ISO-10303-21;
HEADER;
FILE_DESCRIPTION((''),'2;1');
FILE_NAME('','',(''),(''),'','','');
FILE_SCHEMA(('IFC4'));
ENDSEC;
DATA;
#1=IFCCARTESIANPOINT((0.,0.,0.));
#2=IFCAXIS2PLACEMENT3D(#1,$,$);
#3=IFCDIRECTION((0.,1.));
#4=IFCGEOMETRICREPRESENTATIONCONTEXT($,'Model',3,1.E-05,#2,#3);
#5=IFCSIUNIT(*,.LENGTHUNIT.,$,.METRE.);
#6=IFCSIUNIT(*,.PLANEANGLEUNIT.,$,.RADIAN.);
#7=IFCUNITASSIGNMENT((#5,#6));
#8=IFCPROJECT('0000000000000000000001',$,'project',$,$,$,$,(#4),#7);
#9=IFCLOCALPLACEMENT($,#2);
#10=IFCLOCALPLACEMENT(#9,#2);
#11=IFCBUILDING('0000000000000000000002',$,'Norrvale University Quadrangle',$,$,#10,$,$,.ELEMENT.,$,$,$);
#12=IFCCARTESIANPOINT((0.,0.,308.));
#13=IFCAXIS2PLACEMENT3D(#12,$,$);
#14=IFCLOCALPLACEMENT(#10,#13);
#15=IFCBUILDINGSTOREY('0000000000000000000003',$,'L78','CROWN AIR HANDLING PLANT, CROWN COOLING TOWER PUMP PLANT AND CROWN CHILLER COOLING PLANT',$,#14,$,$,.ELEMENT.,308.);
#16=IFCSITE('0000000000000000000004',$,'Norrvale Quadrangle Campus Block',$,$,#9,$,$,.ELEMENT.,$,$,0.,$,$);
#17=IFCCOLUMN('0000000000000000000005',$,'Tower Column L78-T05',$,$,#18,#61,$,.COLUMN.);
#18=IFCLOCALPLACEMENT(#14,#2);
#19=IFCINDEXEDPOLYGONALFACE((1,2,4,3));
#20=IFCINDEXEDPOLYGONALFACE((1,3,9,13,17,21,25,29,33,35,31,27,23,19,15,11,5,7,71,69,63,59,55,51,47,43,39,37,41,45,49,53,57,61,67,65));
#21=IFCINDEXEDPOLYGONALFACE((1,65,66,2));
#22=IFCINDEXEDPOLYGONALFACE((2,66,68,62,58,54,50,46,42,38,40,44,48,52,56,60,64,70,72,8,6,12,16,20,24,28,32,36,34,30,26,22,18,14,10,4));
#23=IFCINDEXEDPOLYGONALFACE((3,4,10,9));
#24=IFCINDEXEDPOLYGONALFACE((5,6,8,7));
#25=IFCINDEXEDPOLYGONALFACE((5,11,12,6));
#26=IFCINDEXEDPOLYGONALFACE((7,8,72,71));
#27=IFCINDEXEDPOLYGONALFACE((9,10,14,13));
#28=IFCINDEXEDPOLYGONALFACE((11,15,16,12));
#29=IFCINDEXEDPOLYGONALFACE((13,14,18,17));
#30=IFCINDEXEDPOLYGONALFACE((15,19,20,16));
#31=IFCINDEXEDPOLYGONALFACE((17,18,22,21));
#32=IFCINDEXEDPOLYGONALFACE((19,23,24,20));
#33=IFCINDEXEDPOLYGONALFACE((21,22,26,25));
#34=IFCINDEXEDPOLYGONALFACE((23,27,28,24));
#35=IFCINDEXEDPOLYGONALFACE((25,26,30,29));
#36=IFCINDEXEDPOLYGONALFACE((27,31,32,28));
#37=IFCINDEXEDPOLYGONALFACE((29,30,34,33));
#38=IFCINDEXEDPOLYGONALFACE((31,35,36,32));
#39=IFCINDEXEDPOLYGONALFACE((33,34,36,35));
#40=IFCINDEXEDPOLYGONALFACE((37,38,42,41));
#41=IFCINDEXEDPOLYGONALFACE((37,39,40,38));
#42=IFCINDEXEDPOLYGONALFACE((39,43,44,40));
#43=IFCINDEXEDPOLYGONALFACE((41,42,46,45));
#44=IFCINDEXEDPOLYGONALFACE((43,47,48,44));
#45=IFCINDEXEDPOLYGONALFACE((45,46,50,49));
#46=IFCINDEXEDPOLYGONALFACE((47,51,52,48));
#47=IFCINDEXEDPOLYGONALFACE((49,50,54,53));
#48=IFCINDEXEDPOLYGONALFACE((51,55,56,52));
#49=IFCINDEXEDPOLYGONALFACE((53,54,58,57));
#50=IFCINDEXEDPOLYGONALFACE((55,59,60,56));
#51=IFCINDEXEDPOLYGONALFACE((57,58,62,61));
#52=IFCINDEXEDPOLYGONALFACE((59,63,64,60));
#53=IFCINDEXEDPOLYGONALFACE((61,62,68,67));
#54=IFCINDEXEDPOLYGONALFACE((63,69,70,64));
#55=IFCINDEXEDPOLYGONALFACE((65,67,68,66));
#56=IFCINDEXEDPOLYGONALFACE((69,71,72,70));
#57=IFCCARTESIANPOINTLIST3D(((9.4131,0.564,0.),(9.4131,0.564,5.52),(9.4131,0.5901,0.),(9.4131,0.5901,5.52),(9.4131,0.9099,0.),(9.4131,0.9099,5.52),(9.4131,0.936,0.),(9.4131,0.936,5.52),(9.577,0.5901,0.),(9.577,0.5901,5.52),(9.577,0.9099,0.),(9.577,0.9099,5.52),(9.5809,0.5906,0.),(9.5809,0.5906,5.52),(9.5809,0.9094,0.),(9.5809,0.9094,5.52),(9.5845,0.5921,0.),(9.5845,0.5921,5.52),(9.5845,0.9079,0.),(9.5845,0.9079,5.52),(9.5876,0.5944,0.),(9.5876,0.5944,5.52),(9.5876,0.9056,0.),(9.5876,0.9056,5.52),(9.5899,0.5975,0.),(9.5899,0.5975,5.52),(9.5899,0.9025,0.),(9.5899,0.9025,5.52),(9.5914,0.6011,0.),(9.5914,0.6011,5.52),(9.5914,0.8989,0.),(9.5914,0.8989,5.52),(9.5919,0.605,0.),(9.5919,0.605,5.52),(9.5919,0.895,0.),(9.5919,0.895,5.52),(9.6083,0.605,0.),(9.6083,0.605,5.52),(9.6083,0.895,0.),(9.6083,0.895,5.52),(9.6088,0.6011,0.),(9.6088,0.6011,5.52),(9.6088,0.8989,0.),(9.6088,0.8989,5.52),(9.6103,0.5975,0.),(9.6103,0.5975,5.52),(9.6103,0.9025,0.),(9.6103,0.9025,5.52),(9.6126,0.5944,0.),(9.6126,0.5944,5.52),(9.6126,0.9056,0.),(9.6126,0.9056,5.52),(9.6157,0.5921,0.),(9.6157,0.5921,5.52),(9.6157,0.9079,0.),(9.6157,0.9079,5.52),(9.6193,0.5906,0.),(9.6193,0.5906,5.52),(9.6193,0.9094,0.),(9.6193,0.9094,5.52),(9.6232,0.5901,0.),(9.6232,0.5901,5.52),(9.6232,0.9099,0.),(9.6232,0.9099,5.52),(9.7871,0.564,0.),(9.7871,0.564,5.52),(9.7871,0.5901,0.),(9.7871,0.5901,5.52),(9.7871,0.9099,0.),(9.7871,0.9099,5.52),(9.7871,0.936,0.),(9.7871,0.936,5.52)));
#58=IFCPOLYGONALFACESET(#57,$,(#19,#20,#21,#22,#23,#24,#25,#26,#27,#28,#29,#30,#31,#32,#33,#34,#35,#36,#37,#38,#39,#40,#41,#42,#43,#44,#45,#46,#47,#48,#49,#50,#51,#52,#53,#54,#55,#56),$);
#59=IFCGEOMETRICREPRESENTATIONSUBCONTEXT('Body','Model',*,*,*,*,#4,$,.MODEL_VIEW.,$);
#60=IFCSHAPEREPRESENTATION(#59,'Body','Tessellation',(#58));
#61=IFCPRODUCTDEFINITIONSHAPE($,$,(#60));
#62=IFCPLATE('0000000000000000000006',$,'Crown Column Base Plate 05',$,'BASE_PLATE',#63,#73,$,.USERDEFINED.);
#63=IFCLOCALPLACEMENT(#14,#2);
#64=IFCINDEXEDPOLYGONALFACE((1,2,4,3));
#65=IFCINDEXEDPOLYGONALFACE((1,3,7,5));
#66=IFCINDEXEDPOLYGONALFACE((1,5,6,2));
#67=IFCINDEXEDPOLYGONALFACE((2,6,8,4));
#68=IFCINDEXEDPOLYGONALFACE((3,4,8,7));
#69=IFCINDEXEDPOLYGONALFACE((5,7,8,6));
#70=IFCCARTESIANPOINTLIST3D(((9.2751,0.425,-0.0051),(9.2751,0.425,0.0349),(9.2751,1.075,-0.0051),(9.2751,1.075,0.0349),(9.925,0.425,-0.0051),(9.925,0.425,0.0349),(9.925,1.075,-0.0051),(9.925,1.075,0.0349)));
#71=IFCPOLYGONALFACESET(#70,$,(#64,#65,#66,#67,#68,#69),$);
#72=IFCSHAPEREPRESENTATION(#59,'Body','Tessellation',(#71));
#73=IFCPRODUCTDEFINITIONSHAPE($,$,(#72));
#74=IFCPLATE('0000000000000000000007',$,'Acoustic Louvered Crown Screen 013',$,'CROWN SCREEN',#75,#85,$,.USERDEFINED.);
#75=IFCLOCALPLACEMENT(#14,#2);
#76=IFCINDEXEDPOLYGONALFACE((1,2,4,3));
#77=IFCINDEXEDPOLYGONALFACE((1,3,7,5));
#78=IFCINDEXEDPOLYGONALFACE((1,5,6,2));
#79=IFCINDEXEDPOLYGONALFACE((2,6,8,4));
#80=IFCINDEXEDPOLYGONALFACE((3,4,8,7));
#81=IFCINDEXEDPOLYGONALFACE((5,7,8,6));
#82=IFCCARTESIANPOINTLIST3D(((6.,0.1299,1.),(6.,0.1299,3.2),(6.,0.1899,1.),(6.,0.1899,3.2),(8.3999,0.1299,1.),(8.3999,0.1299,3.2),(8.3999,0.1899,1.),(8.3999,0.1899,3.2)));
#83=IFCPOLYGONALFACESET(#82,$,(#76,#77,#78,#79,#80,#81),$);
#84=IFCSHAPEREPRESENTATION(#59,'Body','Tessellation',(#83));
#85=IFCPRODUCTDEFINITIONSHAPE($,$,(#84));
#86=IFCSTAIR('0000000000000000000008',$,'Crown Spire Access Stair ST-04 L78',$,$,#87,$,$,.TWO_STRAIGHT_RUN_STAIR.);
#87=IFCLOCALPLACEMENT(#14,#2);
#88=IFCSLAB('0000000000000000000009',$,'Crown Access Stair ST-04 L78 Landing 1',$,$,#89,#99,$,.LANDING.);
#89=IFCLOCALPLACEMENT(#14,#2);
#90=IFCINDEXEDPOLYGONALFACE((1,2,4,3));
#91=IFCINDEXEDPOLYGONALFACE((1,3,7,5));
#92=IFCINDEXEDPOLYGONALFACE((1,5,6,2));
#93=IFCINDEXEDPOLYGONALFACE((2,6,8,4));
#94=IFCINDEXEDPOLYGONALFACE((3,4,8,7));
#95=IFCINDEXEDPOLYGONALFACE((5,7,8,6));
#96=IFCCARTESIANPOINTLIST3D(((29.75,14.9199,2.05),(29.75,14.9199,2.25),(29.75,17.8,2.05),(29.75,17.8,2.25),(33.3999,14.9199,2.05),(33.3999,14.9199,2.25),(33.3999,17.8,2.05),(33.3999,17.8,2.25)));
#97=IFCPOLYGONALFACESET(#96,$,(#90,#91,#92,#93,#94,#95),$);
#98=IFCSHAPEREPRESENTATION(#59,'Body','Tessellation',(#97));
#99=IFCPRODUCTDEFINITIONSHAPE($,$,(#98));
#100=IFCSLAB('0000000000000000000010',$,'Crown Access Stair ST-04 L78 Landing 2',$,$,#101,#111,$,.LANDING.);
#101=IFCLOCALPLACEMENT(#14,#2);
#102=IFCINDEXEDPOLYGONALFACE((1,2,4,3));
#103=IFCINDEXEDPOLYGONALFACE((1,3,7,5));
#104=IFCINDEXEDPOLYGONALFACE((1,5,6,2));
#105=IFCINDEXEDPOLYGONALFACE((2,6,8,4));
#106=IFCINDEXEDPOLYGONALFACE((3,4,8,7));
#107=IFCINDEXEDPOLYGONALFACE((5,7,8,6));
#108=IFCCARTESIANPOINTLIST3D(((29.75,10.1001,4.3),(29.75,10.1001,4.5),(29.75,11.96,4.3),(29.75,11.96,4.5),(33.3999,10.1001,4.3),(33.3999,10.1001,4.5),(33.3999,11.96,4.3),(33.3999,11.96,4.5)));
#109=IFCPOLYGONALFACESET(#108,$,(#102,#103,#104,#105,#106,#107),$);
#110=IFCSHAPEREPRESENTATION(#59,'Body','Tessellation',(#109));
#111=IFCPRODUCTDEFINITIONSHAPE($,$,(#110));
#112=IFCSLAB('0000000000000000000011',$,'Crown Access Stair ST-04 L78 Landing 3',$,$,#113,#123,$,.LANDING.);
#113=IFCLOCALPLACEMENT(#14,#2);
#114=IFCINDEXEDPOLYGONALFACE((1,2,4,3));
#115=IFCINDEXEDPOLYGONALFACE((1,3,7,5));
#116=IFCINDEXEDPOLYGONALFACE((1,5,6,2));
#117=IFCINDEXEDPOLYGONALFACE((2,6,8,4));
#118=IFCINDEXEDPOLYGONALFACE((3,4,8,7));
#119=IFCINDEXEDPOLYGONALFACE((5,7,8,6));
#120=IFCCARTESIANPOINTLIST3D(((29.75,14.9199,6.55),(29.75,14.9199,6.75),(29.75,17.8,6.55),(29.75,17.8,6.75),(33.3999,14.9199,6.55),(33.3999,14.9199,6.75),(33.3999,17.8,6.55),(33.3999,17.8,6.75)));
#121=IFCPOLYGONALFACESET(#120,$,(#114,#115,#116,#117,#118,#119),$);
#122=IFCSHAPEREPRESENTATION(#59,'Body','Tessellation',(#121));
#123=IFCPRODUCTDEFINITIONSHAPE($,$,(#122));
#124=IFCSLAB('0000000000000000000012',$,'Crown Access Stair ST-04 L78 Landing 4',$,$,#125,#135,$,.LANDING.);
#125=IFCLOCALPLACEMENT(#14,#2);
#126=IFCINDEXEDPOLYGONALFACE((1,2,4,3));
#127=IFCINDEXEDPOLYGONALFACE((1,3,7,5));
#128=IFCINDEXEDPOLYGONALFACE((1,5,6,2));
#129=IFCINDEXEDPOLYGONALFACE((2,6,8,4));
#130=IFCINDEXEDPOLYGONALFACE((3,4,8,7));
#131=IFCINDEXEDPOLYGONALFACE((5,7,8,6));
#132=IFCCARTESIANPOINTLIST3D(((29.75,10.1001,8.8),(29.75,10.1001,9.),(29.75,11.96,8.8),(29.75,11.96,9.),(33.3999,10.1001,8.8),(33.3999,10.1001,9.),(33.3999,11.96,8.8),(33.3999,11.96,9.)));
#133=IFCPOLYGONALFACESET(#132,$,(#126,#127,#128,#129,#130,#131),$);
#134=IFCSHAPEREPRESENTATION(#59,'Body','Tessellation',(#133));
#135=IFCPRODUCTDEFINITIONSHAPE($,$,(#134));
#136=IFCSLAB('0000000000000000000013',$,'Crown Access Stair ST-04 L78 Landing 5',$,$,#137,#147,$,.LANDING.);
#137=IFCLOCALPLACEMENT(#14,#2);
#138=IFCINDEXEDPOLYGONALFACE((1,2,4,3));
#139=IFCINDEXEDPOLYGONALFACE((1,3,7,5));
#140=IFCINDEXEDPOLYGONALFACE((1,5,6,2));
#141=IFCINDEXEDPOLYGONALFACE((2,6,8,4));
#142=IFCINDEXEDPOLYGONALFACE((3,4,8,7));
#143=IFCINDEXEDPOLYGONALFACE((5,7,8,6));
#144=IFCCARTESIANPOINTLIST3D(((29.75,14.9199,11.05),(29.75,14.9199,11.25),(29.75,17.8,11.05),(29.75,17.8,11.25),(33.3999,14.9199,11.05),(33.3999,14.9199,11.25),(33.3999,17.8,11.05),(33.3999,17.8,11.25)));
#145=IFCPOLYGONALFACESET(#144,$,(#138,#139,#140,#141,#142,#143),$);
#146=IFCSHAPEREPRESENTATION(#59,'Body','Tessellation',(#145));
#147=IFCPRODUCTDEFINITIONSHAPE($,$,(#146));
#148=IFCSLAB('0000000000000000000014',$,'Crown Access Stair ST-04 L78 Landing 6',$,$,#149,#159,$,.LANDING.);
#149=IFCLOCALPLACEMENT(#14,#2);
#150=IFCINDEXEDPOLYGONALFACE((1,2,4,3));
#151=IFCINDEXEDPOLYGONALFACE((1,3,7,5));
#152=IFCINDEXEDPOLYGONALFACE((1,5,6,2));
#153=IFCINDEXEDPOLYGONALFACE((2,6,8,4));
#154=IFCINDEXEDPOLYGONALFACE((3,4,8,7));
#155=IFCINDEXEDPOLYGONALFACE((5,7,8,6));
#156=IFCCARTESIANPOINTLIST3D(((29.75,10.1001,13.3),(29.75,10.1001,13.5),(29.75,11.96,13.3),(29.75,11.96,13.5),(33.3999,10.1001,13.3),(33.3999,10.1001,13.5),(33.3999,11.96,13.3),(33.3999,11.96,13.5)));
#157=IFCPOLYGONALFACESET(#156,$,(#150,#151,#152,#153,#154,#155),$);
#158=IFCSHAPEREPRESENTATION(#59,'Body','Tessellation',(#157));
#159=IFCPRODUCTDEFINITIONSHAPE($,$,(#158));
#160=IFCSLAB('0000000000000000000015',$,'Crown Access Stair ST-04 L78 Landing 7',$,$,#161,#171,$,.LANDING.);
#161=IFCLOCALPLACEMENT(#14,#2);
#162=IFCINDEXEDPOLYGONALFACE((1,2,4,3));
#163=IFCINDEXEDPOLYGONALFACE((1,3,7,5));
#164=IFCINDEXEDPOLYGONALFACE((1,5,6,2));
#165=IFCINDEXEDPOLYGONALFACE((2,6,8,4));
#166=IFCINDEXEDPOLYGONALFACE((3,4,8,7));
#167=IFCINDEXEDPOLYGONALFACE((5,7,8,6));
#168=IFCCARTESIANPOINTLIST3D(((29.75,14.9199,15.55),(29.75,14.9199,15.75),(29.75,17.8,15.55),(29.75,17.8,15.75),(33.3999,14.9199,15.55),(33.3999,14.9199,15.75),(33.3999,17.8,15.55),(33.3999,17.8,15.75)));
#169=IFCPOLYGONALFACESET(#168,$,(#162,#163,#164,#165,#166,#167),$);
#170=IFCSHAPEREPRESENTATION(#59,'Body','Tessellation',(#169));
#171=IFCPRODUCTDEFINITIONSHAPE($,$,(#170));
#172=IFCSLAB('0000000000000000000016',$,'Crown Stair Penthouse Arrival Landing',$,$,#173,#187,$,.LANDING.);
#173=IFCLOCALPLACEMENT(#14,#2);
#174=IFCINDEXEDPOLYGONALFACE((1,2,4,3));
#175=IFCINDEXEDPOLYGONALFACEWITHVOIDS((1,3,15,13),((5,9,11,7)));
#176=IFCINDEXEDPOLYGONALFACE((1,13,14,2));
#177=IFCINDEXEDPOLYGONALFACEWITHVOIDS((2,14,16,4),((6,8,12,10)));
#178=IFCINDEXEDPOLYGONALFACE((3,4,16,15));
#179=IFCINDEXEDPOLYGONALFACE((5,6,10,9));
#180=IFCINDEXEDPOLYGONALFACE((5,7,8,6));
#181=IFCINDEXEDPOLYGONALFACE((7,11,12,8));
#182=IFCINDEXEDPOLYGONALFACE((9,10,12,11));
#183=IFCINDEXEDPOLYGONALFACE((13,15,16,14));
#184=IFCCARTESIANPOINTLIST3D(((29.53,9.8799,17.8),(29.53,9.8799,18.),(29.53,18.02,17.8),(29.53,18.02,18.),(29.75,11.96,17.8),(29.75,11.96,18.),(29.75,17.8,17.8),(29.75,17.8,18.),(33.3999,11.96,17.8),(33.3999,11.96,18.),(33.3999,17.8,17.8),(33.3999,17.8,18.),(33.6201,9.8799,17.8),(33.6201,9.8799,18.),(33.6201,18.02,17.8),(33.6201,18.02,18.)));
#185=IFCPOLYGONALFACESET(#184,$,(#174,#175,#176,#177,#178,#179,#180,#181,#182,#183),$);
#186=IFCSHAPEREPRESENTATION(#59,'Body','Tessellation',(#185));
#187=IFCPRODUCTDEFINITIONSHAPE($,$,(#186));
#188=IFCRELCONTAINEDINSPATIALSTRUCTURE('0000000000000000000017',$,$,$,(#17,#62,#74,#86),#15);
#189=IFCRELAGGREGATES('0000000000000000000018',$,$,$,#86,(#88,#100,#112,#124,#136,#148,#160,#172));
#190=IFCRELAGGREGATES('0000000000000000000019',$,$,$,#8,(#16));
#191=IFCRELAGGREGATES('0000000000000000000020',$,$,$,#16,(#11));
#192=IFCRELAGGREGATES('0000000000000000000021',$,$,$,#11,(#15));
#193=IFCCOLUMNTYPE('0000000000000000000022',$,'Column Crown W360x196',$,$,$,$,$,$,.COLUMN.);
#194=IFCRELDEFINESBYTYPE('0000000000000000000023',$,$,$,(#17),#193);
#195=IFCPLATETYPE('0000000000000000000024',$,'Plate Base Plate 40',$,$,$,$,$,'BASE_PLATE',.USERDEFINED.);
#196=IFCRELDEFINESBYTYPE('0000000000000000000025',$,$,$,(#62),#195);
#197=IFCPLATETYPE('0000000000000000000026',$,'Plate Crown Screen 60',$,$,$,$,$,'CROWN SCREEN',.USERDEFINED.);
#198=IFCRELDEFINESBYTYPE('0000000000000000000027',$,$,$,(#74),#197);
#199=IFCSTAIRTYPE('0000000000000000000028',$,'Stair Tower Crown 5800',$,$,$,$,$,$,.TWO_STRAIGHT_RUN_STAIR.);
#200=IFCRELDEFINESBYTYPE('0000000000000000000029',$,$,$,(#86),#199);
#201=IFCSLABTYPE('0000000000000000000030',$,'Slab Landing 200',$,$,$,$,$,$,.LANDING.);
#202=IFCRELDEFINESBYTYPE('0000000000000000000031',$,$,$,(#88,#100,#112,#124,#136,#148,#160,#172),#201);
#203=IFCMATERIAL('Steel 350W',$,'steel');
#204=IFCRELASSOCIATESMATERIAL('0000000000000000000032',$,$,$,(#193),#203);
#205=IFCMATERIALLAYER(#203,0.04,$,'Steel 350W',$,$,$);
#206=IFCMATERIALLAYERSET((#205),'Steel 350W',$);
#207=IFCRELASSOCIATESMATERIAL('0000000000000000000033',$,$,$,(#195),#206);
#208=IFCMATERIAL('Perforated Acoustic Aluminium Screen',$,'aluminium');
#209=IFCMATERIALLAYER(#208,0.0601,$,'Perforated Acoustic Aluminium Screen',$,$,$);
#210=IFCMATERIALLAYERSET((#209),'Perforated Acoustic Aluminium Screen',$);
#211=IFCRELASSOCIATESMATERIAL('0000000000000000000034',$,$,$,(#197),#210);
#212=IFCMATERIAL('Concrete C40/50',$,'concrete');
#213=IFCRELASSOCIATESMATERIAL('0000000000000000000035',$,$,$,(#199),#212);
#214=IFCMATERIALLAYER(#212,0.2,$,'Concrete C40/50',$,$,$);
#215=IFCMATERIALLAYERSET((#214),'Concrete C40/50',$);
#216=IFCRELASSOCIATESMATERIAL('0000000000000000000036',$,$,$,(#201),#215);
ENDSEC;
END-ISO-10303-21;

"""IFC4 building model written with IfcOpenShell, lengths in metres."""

from ifc_helpers import new_model, si_unit, direction, frame, origin, origin_2d, place, context, subcontext, project, spatial, polyline, rectangle, i_section, outline, extrude, material, layer, layer_set, material_profile, profile_set, type_object, element, aggregate, save


model = new_model("IFC4")

# Units and contexts
model_context = context("Model", 3, precision=1e-05, world=origin(), true_north=direction((0.0, 1.0)))
body_context = subcontext(model_context, "Body", "Model", "MODEL_VIEW")
ifc_project = project(units=[si_unit("LENGTHUNIT", "METRE"), si_unit("PLANEANGLEUNIT", "RADIAN")], contexts=[model_context])

# Site, building, storey
site_placement = place(None, origin())
site = spatial("IfcSite", under=ifc_project, at=site_placement, Name="Norrvale Quadrangle Campus Block", CompositionType="ELEMENT", RefElevation=0.0)
building_placement = place(site_placement, origin())
building = spatial("IfcBuilding", under=site, at=building_placement, Name="Norrvale University Quadrangle", CompositionType="ELEMENT")
storey_placement = place(building_placement, frame((0.0, 0.0, 308.0)))
storey = spatial("IfcBuildingStorey", under=building, at=storey_placement, Name="L78", Description="CROWN AIR HANDLING PLANT, CROWN COOLING TOWER PUMP PLANT AND CROWN CHILLER COOLING PLANT", CompositionType="ELEMENT", Elevation=308.0)

# Column
ifc_material_1 = material(Name="Steel 350W", Category="steel")
ifc_material_profile = material_profile(ifc_material_1, i_section(OverallWidth=0.374, OverallDepth=0.3721, WebThickness=0.0164, FlangeThickness=0.0261, FilletRadius=0.0149, at=origin_2d()), Name="Steel 350W")
ifc_profile_set = profile_set([ifc_material_profile], Name="Steel 350W")
column_type = type_object("IfcColumnType", Name="Column Crown W360x196", PredefinedType="COLUMN", material=ifc_profile_set)
column_placement = place(storey_placement, frame((9.6001, 0.75, 0.0), z_axis=(0.0, 0.0, 1.0), x_axis=(1.0, 0.0, 0.0)))
element("IfcColumn", 1, at=column_placement, inside=storey, type_object=column_type, Name="Tower Column L78-T05", PredefinedType="COLUMN", context=body_context, shape_type="SweptSolid", body=[
    extrude(i_section(OverallWidth=0.374, OverallDepth=0.3721, WebThickness=0.0164, FlangeThickness=0.0261, FilletRadius=0.0149, at=origin_2d()), origin(), (0.0, 0.0, 1.0), 5.52),
])

# Plates
ifc_layer_1 = layer(ifc_material_1, 0.04, Name="Steel 350W")
ifc_layer_set_1 = layer_set([ifc_layer_1], Name="Steel 350W")
plate_type_1 = type_object("IfcPlateType", Name="Plate Base Plate 40", ElementType="BASE_PLATE", PredefinedType="USERDEFINED", material=ifc_layer_set_1)
plate_1_placement = place(storey_placement, frame((9.6001, 0.75, -0.0051), z_axis=(0.0, 0.0, 1.0), x_axis=(1.0, 0.0, 0.0)))
element("IfcPlate", 2, at=plate_1_placement, inside=storey, type_object=plate_type_1, Name="Crown Column Base Plate 05", ObjectType="BASE_PLATE", PredefinedType="USERDEFINED", context=body_context, shape_type="SweptSolid", body=[
    extrude(rectangle(XDim=0.6499, YDim=0.6499, at=origin_2d()), origin(), (0.0, 0.0, 1.0), 0.04),
])
ifc_material_2 = material(Name="Perforated Acoustic Aluminium Screen", Category="aluminium")
ifc_layer_2 = layer(ifc_material_2, 0.0601, Name="Perforated Acoustic Aluminium Screen")
ifc_layer_set_2 = layer_set([ifc_layer_2], Name="Perforated Acoustic Aluminium Screen")
plate_type_2 = type_object("IfcPlateType", Name="Plate Crown Screen 60", ElementType="CROWN SCREEN", PredefinedType="USERDEFINED", material=ifc_layer_set_2)
plate_2_placement = place(storey_placement, frame((7.2, 0.1599, 1.0), z_axis=(0.0, 0.0, 1.0), x_axis=(1.0, 0.0, 0.0)))
element("IfcPlate", 3, at=plate_2_placement, inside=storey, type_object=plate_type_2, Name="Acoustic Louvered Crown Screen 013", ObjectType="CROWN SCREEN", PredefinedType="USERDEFINED", context=body_context, shape_type="SweptSolid", body=[
    extrude(rectangle(XDim=2.3999, YDim=0.0601, at=origin_2d()), origin(), (0.0, 0.0, 1.0), 2.2),
])

# Stair, slabs
ifc_material_3 = material(Name="Concrete C40/50", Category="concrete")
stair_type = type_object("IfcStairType", Name="Stair Tower Crown 5800", PredefinedType="TWO_STRAIGHT_RUN_STAIR", material=ifc_material_3)
stair_placement = place(storey_placement, origin())
stair = element("IfcStair", 4, at=stair_placement, inside=storey, type_object=stair_type, Name="Crown Spire Access Stair ST-04 L78", PredefinedType="TWO_STRAIGHT_RUN_STAIR")
ifc_layer_3 = layer(ifc_material_3, 0.2, Name="Concrete C40/50")
ifc_layer_set_3 = layer_set([ifc_layer_3], Name="Concrete C40/50")
slab_type_1 = type_object("IfcSlabType", Name="Slab Landing 200", PredefinedType="LANDING", material=ifc_layer_set_3)
slab_1_placement = place(storey_placement, frame((0.0, 0.0, 2.05)))
slab_1 = element("IfcSlab", 5, at=slab_1_placement, type_object=slab_type_1, Name="Crown Access Stair ST-04 L78 Landing 1", PredefinedType="LANDING", context=body_context, shape_type="SweptSolid", body=[
    extrude(outline(polyline([(29.75, 14.9199), (33.3999, 14.9199), (33.3999, 17.8), (29.75, 17.8), (29.75, 14.9199)])), origin(), (0.0, 0.0, 1.0), 0.2),
])
slab_2_placement = place(storey_placement, frame((0.0, 0.0, 4.3)))
slab_2 = element("IfcSlab", 6, at=slab_2_placement, type_object=slab_type_1, Name="Crown Access Stair ST-04 L78 Landing 2", PredefinedType="LANDING", context=body_context, shape_type="SweptSolid", body=[
    extrude(outline(polyline([(29.75, 10.1001), (33.3999, 10.1001), (33.3999, 11.96), (29.75, 11.96), (29.75, 10.1001)])), origin(), (0.0, 0.0, 1.0), 0.2),
])
slab_3_placement = place(storey_placement, frame((0.0, 0.0, 6.55)))
slab_3 = element("IfcSlab", 7, at=slab_3_placement, type_object=slab_type_1, Name="Crown Access Stair ST-04 L78 Landing 3", PredefinedType="LANDING", context=body_context, shape_type="SweptSolid", body=[
    extrude(outline(polyline([(29.75, 14.9199), (33.3999, 14.9199), (33.3999, 17.8), (29.75, 17.8), (29.75, 14.9199)])), origin(), (0.0, 0.0, 1.0), 0.2),
])
slab_4_placement = place(storey_placement, frame((0.0, 0.0, 8.8)))
slab_4 = element("IfcSlab", 8, at=slab_4_placement, type_object=slab_type_1, Name="Crown Access Stair ST-04 L78 Landing 4", PredefinedType="LANDING", context=body_context, shape_type="SweptSolid", body=[
    extrude(outline(polyline([(29.75, 10.1001), (33.3999, 10.1001), (33.3999, 11.96), (29.75, 11.96), (29.75, 10.1001)])), origin(), (0.0, 0.0, 1.0), 0.2),
])
slab_5_placement = place(storey_placement, frame((0.0, 0.0, 11.05)))
slab_5 = element("IfcSlab", 9, at=slab_5_placement, type_object=slab_type_1, Name="Crown Access Stair ST-04 L78 Landing 5", PredefinedType="LANDING", context=body_context, shape_type="SweptSolid", body=[
    extrude(outline(polyline([(29.75, 14.9199), (33.3999, 14.9199), (33.3999, 17.8), (29.75, 17.8), (29.75, 14.9199)])), origin(), (0.0, 0.0, 1.0), 0.2),
])
slab_6_placement = place(storey_placement, frame((0.0, 0.0, 13.3)))
slab_6 = element("IfcSlab", 10, at=slab_6_placement, type_object=slab_type_1, Name="Crown Access Stair ST-04 L78 Landing 6", PredefinedType="LANDING", context=body_context, shape_type="SweptSolid", body=[
    extrude(outline(polyline([(29.75, 10.1001), (33.3999, 10.1001), (33.3999, 11.96), (29.75, 11.96), (29.75, 10.1001)])), origin(), (0.0, 0.0, 1.0), 0.2),
])
slab_7_placement = place(storey_placement, frame((0.0, 0.0, 15.55)))
slab_7 = element("IfcSlab", 11, at=slab_7_placement, type_object=slab_type_1, Name="Crown Access Stair ST-04 L78 Landing 7", PredefinedType="LANDING", context=body_context, shape_type="SweptSolid", body=[
    extrude(outline(polyline([(29.75, 14.9199), (33.3999, 14.9199), (33.3999, 17.8), (29.75, 17.8), (29.75, 14.9199)])), origin(), (0.0, 0.0, 1.0), 0.2),
])
placement = place(building_placement, frame((0.0, 0.0, 326.0)))
slab_8_placement = place(placement, frame((0.0, 0.0, -0.2)))
slab_8 = element("IfcSlab", 12, at=slab_8_placement, type_object=slab_type_1, Name="Crown Stair Penthouse Arrival Landing", PredefinedType="LANDING", context=body_context, shape_type="SweptSolid", body=[
    extrude(outline(polyline([(29.53, 9.8799), (33.6201, 9.8799), (33.6201, 18.02), (29.53, 18.02), (29.53, 9.8799)]), holes=[polyline([(29.75, 11.96), (33.3999, 11.96), (33.3999, 17.8), (29.75, 17.8), (29.75, 11.96)])]), origin(), (0.0, 0.0, 1.0), 0.2),
])
aggregate(stair, [slab_1, slab_2, slab_3, slab_4, slab_5, slab_6, slab_7, slab_8])

save(model, "model.ifc")
